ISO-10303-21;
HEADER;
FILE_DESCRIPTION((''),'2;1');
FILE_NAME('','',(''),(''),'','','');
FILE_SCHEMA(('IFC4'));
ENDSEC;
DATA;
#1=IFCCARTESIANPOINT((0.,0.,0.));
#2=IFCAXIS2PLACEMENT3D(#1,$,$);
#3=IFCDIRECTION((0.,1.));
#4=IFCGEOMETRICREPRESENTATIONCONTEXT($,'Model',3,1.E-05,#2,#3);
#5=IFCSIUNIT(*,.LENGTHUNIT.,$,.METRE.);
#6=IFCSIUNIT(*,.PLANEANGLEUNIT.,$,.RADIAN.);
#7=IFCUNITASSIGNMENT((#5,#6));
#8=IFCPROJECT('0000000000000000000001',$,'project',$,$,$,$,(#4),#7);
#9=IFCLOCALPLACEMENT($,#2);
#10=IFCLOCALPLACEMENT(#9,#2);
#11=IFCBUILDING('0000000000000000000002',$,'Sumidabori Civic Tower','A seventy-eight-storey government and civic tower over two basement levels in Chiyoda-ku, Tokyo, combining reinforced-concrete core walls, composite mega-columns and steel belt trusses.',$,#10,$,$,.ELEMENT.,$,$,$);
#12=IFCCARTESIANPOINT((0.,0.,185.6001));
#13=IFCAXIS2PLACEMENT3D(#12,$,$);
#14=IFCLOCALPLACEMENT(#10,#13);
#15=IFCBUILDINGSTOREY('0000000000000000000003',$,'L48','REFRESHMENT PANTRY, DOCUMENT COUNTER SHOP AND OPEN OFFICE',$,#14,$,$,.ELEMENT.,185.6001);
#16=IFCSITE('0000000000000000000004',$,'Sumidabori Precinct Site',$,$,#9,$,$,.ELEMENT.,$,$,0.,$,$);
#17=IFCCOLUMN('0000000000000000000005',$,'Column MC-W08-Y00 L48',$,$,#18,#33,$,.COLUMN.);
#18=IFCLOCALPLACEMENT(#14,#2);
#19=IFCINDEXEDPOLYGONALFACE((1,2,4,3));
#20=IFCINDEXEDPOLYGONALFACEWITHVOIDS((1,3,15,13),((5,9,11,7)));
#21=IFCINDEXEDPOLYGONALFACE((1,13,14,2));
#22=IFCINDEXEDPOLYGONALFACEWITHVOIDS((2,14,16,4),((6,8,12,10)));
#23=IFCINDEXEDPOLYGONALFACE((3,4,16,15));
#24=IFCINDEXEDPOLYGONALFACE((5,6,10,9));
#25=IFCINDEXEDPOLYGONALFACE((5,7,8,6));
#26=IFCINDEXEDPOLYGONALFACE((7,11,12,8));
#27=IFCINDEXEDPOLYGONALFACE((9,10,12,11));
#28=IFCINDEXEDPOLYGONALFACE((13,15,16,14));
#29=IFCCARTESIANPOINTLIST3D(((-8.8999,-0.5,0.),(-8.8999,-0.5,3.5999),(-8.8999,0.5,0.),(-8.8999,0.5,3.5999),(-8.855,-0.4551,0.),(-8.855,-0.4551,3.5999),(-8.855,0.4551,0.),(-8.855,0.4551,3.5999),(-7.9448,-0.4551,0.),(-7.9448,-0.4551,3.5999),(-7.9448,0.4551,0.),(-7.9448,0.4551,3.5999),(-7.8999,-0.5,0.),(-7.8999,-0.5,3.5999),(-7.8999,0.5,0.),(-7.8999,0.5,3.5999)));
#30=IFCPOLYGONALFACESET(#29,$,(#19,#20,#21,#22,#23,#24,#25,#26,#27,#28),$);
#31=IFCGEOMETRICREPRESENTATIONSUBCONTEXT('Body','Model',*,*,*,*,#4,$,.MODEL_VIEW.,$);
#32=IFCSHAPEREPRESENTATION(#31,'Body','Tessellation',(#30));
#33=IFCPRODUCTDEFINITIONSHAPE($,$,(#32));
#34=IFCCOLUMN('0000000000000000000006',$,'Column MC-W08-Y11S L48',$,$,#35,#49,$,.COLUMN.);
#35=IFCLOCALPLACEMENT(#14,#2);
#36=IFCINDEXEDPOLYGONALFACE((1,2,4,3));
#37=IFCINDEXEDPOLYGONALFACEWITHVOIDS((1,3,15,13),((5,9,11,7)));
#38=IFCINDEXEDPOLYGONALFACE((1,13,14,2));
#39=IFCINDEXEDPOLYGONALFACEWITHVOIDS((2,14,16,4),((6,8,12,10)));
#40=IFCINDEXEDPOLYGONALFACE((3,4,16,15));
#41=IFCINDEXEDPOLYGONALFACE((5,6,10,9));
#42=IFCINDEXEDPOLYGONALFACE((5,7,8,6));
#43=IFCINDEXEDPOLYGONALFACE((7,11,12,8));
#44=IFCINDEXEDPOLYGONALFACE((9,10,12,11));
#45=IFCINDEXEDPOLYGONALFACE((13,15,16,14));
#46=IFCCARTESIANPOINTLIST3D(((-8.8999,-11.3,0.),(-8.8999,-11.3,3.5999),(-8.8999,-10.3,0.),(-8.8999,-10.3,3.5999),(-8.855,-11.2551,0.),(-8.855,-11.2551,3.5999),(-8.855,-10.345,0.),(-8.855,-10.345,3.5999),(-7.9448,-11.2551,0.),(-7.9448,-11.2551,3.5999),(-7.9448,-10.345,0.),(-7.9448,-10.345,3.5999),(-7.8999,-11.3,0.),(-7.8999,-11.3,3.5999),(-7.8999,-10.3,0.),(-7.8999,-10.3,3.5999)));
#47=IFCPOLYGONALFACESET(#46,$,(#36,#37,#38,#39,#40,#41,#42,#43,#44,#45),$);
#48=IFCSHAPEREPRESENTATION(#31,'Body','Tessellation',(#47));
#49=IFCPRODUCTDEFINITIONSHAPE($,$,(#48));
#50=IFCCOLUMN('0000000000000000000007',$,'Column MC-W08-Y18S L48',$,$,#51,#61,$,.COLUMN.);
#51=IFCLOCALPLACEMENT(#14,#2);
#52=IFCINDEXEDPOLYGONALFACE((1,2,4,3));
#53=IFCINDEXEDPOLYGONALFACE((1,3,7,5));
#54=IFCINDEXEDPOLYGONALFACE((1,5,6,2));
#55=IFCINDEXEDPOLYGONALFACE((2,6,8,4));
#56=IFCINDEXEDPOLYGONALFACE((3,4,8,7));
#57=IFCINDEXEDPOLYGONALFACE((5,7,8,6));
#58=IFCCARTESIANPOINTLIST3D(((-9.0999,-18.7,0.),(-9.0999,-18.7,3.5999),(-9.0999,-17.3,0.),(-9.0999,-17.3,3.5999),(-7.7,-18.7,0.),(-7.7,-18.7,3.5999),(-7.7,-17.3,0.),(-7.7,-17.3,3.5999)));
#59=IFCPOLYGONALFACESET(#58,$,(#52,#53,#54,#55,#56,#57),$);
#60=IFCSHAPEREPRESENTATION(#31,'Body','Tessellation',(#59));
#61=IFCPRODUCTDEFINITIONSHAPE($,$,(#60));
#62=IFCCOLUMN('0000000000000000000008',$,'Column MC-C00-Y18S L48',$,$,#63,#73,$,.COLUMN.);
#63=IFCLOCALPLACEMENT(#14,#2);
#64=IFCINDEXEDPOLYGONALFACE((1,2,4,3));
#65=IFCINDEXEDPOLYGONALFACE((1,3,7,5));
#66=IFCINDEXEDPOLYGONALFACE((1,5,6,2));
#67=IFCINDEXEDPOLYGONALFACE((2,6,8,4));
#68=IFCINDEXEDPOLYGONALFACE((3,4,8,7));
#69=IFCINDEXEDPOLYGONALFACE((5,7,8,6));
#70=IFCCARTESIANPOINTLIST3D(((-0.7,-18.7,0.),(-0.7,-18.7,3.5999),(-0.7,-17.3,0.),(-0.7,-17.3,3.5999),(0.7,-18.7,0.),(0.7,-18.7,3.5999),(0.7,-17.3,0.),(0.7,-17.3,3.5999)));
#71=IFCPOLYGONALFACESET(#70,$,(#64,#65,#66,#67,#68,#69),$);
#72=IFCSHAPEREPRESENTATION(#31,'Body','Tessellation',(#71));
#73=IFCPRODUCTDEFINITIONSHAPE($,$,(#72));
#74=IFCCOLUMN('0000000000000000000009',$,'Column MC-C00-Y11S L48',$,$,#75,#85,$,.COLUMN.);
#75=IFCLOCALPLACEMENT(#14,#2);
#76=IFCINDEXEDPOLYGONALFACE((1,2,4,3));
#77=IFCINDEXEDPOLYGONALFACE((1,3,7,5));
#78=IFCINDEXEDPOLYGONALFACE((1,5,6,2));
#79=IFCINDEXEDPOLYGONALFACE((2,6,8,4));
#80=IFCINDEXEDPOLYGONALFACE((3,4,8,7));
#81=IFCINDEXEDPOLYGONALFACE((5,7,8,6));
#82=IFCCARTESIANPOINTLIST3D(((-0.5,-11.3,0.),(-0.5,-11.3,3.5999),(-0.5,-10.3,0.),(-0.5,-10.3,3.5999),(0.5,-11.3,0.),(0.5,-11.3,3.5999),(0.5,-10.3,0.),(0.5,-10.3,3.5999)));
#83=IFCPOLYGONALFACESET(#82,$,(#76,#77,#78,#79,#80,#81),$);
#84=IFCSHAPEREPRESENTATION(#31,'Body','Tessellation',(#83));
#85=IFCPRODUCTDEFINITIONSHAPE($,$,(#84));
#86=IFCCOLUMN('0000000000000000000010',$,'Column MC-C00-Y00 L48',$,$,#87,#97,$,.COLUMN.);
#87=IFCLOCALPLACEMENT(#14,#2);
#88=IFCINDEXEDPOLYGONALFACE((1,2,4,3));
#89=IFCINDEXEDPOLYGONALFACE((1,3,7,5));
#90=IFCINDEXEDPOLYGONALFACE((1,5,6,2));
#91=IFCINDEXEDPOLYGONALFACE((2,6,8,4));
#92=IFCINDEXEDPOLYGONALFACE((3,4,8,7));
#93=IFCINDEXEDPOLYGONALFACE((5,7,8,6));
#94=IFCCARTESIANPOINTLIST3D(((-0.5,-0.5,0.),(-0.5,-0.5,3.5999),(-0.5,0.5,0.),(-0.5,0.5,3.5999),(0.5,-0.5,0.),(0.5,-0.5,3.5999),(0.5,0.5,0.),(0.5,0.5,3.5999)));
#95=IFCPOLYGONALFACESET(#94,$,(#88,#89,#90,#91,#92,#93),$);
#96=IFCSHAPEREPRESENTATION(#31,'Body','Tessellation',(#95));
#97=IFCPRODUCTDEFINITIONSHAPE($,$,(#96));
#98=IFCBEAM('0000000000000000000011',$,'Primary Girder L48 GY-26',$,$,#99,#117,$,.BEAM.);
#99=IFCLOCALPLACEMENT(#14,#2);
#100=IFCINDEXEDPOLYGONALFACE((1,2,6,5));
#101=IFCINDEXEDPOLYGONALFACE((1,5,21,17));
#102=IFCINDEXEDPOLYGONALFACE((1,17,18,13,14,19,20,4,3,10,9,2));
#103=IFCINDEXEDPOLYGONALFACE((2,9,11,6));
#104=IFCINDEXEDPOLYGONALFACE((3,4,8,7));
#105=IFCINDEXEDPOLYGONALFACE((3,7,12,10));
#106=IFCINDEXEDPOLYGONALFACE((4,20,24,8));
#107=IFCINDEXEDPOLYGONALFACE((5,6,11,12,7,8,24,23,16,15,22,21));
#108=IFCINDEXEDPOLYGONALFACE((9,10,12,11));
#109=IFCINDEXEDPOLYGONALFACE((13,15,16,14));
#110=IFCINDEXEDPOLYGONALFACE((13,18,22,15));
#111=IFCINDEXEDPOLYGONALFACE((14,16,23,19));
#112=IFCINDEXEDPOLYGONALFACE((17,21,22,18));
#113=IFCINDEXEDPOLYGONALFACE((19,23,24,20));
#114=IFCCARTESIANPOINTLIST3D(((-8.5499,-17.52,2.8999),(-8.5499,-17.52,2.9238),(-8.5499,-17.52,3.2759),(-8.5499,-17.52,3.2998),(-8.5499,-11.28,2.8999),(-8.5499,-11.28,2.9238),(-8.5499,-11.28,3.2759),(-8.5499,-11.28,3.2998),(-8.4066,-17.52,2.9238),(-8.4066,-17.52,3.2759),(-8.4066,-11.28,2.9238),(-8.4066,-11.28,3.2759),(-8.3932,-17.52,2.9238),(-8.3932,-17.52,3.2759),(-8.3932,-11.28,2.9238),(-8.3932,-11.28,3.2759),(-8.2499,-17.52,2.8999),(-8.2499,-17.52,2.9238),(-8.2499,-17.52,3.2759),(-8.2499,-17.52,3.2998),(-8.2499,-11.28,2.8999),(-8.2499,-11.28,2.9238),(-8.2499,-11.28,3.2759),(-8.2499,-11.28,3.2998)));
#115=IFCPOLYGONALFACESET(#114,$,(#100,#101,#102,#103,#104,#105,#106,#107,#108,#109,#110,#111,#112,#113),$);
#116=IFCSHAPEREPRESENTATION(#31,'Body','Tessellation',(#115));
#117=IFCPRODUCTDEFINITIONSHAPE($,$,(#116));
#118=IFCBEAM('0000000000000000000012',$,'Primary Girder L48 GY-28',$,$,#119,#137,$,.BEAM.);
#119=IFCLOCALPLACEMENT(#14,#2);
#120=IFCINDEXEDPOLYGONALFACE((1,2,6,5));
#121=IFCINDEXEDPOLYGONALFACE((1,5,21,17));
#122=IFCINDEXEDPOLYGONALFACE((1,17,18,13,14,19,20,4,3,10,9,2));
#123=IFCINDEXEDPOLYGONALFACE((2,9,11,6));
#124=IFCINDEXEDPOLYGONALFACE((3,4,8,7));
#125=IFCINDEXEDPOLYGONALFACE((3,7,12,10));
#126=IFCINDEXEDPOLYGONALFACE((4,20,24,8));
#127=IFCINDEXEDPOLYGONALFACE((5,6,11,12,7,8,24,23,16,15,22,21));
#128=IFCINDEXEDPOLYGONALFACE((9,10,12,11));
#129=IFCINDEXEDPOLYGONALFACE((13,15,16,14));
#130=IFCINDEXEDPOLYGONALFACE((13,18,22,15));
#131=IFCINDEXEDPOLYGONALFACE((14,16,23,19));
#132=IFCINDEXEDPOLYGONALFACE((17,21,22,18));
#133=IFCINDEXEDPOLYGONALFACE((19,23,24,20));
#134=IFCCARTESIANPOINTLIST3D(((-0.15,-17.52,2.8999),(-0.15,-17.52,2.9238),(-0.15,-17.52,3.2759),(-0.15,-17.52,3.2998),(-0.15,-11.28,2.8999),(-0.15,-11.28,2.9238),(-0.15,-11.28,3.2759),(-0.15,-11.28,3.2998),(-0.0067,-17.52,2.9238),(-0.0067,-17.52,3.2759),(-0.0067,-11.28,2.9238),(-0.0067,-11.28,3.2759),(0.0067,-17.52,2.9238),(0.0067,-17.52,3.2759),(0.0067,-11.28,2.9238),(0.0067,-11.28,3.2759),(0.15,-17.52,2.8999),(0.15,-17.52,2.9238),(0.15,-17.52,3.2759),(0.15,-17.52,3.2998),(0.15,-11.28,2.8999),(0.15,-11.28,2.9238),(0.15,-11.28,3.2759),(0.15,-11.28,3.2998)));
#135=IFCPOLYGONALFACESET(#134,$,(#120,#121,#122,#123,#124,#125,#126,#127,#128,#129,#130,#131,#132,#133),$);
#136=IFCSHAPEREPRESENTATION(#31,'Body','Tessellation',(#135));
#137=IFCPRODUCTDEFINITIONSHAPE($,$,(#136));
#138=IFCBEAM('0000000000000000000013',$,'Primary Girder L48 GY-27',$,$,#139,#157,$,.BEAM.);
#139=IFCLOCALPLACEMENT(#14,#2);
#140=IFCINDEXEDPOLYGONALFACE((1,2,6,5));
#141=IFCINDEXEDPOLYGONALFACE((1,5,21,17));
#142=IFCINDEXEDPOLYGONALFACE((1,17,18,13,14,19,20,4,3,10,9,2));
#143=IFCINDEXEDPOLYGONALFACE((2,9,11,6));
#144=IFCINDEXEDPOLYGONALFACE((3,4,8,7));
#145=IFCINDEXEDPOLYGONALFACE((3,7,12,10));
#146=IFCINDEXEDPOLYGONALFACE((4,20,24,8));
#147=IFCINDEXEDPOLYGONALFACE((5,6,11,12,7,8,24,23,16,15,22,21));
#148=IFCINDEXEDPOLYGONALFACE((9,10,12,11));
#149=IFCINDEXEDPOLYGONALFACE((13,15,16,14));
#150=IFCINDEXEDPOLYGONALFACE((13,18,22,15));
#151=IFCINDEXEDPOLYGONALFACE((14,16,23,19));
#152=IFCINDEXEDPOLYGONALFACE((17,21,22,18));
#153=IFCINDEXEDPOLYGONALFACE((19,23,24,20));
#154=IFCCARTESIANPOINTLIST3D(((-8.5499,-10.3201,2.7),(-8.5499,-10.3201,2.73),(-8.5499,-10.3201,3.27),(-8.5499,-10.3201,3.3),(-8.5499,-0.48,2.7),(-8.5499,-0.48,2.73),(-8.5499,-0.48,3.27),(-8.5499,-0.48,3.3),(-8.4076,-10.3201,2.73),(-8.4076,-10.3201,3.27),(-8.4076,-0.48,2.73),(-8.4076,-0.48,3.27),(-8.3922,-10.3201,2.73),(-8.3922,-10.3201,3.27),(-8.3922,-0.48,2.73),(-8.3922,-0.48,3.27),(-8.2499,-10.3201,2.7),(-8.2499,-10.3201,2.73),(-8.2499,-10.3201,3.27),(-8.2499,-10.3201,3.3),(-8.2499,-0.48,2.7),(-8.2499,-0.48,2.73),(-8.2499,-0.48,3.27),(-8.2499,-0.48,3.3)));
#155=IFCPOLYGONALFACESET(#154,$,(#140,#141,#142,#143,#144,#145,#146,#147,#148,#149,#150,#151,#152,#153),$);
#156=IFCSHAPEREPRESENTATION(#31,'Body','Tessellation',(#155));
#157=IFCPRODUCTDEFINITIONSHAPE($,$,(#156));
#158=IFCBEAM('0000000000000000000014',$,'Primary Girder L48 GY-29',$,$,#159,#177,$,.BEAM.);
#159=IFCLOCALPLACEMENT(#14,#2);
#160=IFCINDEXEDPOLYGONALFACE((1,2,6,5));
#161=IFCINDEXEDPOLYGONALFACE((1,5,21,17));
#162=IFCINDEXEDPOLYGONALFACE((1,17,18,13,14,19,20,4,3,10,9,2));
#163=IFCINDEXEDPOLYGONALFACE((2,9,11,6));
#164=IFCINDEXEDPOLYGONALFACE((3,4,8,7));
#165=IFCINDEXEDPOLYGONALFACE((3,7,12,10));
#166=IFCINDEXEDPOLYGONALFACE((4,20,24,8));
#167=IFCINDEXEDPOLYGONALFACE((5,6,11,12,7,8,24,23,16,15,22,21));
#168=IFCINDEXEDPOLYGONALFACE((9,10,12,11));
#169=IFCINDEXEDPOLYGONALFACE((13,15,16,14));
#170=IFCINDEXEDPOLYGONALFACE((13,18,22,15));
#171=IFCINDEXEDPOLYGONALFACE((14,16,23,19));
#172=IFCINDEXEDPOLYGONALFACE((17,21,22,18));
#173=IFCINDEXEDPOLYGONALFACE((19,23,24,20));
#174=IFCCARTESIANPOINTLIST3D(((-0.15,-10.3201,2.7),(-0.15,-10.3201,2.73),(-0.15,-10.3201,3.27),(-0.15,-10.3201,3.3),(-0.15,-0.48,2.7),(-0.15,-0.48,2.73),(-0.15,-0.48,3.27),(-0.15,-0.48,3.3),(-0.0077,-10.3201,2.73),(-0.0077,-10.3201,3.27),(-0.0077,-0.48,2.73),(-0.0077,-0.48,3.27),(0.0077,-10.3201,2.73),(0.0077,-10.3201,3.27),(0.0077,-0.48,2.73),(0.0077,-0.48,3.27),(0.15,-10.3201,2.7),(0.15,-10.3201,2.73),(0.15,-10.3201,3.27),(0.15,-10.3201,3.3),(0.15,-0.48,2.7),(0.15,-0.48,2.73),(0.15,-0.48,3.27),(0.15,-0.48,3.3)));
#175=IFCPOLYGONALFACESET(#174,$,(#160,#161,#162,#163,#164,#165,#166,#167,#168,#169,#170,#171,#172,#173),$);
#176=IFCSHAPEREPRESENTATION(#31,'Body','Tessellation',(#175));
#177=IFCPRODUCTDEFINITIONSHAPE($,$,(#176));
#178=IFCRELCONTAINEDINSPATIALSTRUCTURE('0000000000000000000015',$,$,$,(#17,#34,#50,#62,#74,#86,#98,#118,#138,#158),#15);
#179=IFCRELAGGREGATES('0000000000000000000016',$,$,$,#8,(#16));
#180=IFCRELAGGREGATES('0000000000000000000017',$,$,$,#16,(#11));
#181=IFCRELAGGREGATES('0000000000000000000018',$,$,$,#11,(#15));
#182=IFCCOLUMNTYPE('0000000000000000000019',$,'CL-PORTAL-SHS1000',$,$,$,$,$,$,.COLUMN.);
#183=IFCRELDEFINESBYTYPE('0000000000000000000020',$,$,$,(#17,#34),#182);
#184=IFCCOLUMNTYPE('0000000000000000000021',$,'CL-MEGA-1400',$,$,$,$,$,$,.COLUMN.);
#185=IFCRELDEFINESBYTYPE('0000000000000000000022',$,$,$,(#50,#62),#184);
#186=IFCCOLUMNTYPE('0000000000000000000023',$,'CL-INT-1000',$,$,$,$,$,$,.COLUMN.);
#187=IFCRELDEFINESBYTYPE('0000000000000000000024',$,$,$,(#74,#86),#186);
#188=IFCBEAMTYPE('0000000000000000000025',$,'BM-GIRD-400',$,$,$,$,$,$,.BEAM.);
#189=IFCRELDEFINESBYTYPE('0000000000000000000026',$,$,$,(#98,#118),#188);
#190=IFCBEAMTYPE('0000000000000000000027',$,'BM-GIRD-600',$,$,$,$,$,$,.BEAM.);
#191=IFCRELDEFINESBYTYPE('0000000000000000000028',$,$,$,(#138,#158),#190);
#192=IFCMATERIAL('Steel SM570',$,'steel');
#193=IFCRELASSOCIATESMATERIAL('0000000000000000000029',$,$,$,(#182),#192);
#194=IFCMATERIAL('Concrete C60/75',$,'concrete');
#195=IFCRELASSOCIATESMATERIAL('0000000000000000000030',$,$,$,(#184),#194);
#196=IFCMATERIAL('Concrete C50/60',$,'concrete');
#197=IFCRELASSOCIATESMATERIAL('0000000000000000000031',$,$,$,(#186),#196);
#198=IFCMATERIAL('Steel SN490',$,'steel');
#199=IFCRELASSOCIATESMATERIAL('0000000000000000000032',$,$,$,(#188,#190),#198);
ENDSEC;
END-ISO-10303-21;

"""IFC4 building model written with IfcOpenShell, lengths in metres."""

from ifc_helpers import new_model, si_unit, direction, frame, origin, origin_2d, place, context, subcontext, project, spatial, rectangle, hollow_rectangle, i_section, extrude, source, transform, mapped, material, material_profile, profile_set, type_object, element, save


model = new_model("IFC4")

# Units and contexts
model_context = context("Model", 3, precision=1e-05, world=origin(), true_north=direction((0.0, 1.0)))
body_context = subcontext(model_context, "Body", "Model", "MODEL_VIEW")
ifc_project = project(units=[si_unit("LENGTHUNIT", "METRE"), si_unit("PLANEANGLEUNIT", "RADIAN")], contexts=[model_context])

# Site, building, storey
site_placement = place(None, origin())
site = spatial("IfcSite", under=ifc_project, at=site_placement, Name="Sumidabori Precinct Site", CompositionType="ELEMENT", RefElevation=0.0)
building_placement = place(site_placement, origin())
building = spatial("IfcBuilding", under=site, at=building_placement, Name="Sumidabori Civic Tower", Description="A seventy-eight-storey government and civic tower over two basement levels in Chiyoda-ku, Tokyo, combining reinforced-concrete core walls, composite mega-columns and steel belt trusses.", CompositionType="ELEMENT")
storey_placement = place(building_placement, frame((0.0, 0.0, 185.6001)))
storey = spatial("IfcBuildingStorey", under=building, at=storey_placement, Name="L48", Description="REFRESHMENT PANTRY, DOCUMENT COUNTER SHOP AND OPEN OFFICE", CompositionType="ELEMENT", Elevation=185.6001)

# Columns
ifc_material_1 = material(Name="Steel SM570", Category="steel")
ifc_material_profile_1 = material_profile(ifc_material_1, hollow_rectangle(XDim=1.0, YDim=1.0, WallThickness=0.0449, at=origin_2d()), Name="SHS 1000x1000x45")
ifc_profile_set_1 = profile_set([ifc_material_profile_1], Name="Steel SM570")
column_type_1 = type_object("IfcColumnType", Name="CL-PORTAL-SHS1000", PredefinedType="COLUMN", material=ifc_profile_set_1)
shared_shape_1 = source(origin(), body_context, "Body", "SweptSolid", [
    extrude(hollow_rectangle(XDim=1.0, YDim=1.0, WallThickness=0.0449, at=origin_2d()), origin(), (0.0, 0.0, 1.0), 3.5999),
])
for number, where, z_axis, x_axis, name in (
    (1, (-8.3999, 0.0, 0.0), (0.0, 0.0, 1.0), (1.0, 0.0, 0.0), "Column MC-W08-Y00 L48"),
    (2, (-8.3999, -10.8, 0.0), (0.0, 0.0, 1.0), (1.0, 0.0, 0.0), "Column MC-W08-Y11S L48"),
):
    element("IfcColumn", number, at=place(storey_placement, frame(where, z_axis=z_axis, x_axis=x_axis)), inside=storey, type_object=column_type_1, Name=name, PredefinedType="COLUMN", context=body_context, shape_type="MappedRepresentation", body=[
        mapped(shared_shape_1, transform((0.0, 0.0, 0.0), x_axis=(1.0, 0.0, 0.0), y_axis=(0.0, 1.0, 0.0), z_axis=(0.0, 0.0, 1.0), scale=1.0)),
    ])
ifc_material_2 = material(Name="Concrete C60/75", Category="concrete")
ifc_material_profile_2 = material_profile(ifc_material_2, rectangle(XDim=1.3999, YDim=1.3999, at=origin_2d()), Name="RC 1400x1400")
ifc_profile_set_2 = profile_set([ifc_material_profile_2], Name="Concrete C60/75")
column_type_2 = type_object("IfcColumnType", Name="CL-MEGA-1400", PredefinedType="COLUMN", material=ifc_profile_set_2)
shared_shape_2 = source(origin(), body_context, "Body", "SweptSolid", [
    extrude(rectangle(XDim=1.3999, YDim=1.3999, at=origin_2d()), origin(), (0.0, 0.0, 1.0), 3.5999),
])
for number, where, z_axis, x_axis, name in (
    (3, (-8.3999, -18.0, 0.0), (0.0, 0.0, 1.0), (1.0, 0.0, 0.0), "Column MC-W08-Y18S L48"),
    (4, (0.0, -18.0, 0.0), (0.0, 0.0, 1.0), (1.0, 0.0, 0.0), "Column MC-C00-Y18S L48"),
):
    element("IfcColumn", number, at=place(storey_placement, frame(where, z_axis=z_axis, x_axis=x_axis)), inside=storey, type_object=column_type_2, Name=name, PredefinedType="COLUMN", context=body_context, shape_type="MappedRepresentation", body=[
        mapped(shared_shape_2, transform((0.0, 0.0, 0.0), x_axis=(1.0, 0.0, 0.0), y_axis=(0.0, 1.0, 0.0), z_axis=(0.0, 0.0, 1.0), scale=1.0)),
    ])
ifc_material_3 = material(Name="Concrete C50/60", Category="concrete")
ifc_material_profile_3 = material_profile(ifc_material_3, rectangle(XDim=1.0, YDim=1.0, at=origin_2d()), Name="RC 1000x1000")
ifc_profile_set_3 = profile_set([ifc_material_profile_3], Name="Concrete C50/60")
column_type_3 = type_object("IfcColumnType", Name="CL-INT-1000", PredefinedType="COLUMN", material=ifc_profile_set_3)
shared_shape_3 = source(origin(), body_context, "Body", "SweptSolid", [
    extrude(rectangle(XDim=1.0, YDim=1.0, at=origin_2d()), origin(), (0.0, 0.0, 1.0), 3.5999),
])
for number, where, z_axis, x_axis, name in (
    (5, (0.0, -10.8, 0.0), (0.0, 0.0, 1.0), (1.0, 0.0, 0.0), "Column MC-C00-Y11S L48"),
    (6, (0.0, 0.0, 0.0), (0.0, 0.0, 1.0), (1.0, 0.0, 0.0), "Column MC-C00-Y00 L48"),
):
    element("IfcColumn", number, at=place(storey_placement, frame(where, z_axis=z_axis, x_axis=x_axis)), inside=storey, type_object=column_type_3, Name=name, PredefinedType="COLUMN", context=body_context, shape_type="MappedRepresentation", body=[
        mapped(shared_shape_3, transform((0.0, 0.0, 0.0), x_axis=(1.0, 0.0, 0.0), y_axis=(0.0, 1.0, 0.0), z_axis=(0.0, 0.0, 1.0), scale=1.0)),
    ])

# Beams
ifc_material_4 = material(Name="Steel SN490", Category="steel")
ifc_material_profile_4 = material_profile(ifc_material_4, i_section(OverallWidth=0.3, OverallDepth=0.3999, WebThickness=0.0134, FlangeThickness=0.0239, at=origin_2d()), Name="HE 400 B")
ifc_profile_set_4 = profile_set([ifc_material_profile_4], Name="Steel SN490")
beam_type_1 = type_object("IfcBeamType", Name="BM-GIRD-400", PredefinedType="BEAM", material=ifc_profile_set_4)
shared_shape_4 = source(origin(), body_context, "Body", "SweptSolid", [
    extrude(i_section(OverallWidth=0.3, OverallDepth=0.3999, WebThickness=0.0134, FlangeThickness=0.0239, at=origin_2d()), origin(), (0.0, 0.0, 1.0), 6.24),
])
for number, where, z_axis, x_axis, name in (
    (7, (-8.3999, -17.52, 3.0999), (0.0, 1.0, 0.0), (-1.0, 0.0, 0.0), "Primary Girder L48 GY-26"),
    (8, (0.0, -17.52, 3.0999), (0.0, 1.0, 0.0), (-1.0, 0.0, 0.0), "Primary Girder L48 GY-28"),
):
    element("IfcBeam", number, at=place(storey_placement, frame(where, z_axis=z_axis, x_axis=x_axis)), inside=storey, type_object=beam_type_1, Name=name, PredefinedType="BEAM", context=body_context, shape_type="MappedRepresentation", body=[
        mapped(shared_shape_4, transform((0.0, 0.0, 0.0), x_axis=(1.0, 0.0, 0.0), y_axis=(0.0, 1.0, 0.0), z_axis=(0.0, 0.0, 1.0), scale=1.0)),
    ])
ifc_material_profile_5 = material_profile(ifc_material_4, i_section(OverallWidth=0.3, OverallDepth=0.6001, WebThickness=0.0154, FlangeThickness=0.03, at=origin_2d()), Name="HE 600 B")
ifc_profile_set_5 = profile_set([ifc_material_profile_5], Name="Steel SN490")
beam_type_2 = type_object("IfcBeamType", Name="BM-GIRD-600", PredefinedType="BEAM", material=ifc_profile_set_5)
shared_shape_5 = source(origin(), body_context, "Body", "SweptSolid", [
    extrude(i_section(OverallWidth=0.3, OverallDepth=0.6001, WebThickness=0.0154, FlangeThickness=0.03, at=origin_2d()), origin(), (0.0, 0.0, 1.0), 9.8401),
])
for number, where, z_axis, x_axis, name in (
    (9, (-8.3999, -10.3201, 3.0), (0.0, 1.0, 0.0), (-1.0, 0.0, 0.0), "Primary Girder L48 GY-27"),
    (10, (0.0, -10.3201, 3.0), (0.0, 1.0, 0.0), (-1.0, 0.0, 0.0), "Primary Girder L48 GY-29"),
):
    element("IfcBeam", number, at=place(storey_placement, frame(where, z_axis=z_axis, x_axis=x_axis)), inside=storey, type_object=beam_type_2, Name=name, PredefinedType="BEAM", context=body_context, shape_type="MappedRepresentation", body=[
        mapped(shared_shape_5, transform((0.0, 0.0, 0.0), x_axis=(1.0, 0.0, 0.0), y_axis=(0.0, 1.0, 0.0), z_axis=(0.0, 0.0, 1.0), scale=1.0)),
    ])

save(model, "model.ifc")
